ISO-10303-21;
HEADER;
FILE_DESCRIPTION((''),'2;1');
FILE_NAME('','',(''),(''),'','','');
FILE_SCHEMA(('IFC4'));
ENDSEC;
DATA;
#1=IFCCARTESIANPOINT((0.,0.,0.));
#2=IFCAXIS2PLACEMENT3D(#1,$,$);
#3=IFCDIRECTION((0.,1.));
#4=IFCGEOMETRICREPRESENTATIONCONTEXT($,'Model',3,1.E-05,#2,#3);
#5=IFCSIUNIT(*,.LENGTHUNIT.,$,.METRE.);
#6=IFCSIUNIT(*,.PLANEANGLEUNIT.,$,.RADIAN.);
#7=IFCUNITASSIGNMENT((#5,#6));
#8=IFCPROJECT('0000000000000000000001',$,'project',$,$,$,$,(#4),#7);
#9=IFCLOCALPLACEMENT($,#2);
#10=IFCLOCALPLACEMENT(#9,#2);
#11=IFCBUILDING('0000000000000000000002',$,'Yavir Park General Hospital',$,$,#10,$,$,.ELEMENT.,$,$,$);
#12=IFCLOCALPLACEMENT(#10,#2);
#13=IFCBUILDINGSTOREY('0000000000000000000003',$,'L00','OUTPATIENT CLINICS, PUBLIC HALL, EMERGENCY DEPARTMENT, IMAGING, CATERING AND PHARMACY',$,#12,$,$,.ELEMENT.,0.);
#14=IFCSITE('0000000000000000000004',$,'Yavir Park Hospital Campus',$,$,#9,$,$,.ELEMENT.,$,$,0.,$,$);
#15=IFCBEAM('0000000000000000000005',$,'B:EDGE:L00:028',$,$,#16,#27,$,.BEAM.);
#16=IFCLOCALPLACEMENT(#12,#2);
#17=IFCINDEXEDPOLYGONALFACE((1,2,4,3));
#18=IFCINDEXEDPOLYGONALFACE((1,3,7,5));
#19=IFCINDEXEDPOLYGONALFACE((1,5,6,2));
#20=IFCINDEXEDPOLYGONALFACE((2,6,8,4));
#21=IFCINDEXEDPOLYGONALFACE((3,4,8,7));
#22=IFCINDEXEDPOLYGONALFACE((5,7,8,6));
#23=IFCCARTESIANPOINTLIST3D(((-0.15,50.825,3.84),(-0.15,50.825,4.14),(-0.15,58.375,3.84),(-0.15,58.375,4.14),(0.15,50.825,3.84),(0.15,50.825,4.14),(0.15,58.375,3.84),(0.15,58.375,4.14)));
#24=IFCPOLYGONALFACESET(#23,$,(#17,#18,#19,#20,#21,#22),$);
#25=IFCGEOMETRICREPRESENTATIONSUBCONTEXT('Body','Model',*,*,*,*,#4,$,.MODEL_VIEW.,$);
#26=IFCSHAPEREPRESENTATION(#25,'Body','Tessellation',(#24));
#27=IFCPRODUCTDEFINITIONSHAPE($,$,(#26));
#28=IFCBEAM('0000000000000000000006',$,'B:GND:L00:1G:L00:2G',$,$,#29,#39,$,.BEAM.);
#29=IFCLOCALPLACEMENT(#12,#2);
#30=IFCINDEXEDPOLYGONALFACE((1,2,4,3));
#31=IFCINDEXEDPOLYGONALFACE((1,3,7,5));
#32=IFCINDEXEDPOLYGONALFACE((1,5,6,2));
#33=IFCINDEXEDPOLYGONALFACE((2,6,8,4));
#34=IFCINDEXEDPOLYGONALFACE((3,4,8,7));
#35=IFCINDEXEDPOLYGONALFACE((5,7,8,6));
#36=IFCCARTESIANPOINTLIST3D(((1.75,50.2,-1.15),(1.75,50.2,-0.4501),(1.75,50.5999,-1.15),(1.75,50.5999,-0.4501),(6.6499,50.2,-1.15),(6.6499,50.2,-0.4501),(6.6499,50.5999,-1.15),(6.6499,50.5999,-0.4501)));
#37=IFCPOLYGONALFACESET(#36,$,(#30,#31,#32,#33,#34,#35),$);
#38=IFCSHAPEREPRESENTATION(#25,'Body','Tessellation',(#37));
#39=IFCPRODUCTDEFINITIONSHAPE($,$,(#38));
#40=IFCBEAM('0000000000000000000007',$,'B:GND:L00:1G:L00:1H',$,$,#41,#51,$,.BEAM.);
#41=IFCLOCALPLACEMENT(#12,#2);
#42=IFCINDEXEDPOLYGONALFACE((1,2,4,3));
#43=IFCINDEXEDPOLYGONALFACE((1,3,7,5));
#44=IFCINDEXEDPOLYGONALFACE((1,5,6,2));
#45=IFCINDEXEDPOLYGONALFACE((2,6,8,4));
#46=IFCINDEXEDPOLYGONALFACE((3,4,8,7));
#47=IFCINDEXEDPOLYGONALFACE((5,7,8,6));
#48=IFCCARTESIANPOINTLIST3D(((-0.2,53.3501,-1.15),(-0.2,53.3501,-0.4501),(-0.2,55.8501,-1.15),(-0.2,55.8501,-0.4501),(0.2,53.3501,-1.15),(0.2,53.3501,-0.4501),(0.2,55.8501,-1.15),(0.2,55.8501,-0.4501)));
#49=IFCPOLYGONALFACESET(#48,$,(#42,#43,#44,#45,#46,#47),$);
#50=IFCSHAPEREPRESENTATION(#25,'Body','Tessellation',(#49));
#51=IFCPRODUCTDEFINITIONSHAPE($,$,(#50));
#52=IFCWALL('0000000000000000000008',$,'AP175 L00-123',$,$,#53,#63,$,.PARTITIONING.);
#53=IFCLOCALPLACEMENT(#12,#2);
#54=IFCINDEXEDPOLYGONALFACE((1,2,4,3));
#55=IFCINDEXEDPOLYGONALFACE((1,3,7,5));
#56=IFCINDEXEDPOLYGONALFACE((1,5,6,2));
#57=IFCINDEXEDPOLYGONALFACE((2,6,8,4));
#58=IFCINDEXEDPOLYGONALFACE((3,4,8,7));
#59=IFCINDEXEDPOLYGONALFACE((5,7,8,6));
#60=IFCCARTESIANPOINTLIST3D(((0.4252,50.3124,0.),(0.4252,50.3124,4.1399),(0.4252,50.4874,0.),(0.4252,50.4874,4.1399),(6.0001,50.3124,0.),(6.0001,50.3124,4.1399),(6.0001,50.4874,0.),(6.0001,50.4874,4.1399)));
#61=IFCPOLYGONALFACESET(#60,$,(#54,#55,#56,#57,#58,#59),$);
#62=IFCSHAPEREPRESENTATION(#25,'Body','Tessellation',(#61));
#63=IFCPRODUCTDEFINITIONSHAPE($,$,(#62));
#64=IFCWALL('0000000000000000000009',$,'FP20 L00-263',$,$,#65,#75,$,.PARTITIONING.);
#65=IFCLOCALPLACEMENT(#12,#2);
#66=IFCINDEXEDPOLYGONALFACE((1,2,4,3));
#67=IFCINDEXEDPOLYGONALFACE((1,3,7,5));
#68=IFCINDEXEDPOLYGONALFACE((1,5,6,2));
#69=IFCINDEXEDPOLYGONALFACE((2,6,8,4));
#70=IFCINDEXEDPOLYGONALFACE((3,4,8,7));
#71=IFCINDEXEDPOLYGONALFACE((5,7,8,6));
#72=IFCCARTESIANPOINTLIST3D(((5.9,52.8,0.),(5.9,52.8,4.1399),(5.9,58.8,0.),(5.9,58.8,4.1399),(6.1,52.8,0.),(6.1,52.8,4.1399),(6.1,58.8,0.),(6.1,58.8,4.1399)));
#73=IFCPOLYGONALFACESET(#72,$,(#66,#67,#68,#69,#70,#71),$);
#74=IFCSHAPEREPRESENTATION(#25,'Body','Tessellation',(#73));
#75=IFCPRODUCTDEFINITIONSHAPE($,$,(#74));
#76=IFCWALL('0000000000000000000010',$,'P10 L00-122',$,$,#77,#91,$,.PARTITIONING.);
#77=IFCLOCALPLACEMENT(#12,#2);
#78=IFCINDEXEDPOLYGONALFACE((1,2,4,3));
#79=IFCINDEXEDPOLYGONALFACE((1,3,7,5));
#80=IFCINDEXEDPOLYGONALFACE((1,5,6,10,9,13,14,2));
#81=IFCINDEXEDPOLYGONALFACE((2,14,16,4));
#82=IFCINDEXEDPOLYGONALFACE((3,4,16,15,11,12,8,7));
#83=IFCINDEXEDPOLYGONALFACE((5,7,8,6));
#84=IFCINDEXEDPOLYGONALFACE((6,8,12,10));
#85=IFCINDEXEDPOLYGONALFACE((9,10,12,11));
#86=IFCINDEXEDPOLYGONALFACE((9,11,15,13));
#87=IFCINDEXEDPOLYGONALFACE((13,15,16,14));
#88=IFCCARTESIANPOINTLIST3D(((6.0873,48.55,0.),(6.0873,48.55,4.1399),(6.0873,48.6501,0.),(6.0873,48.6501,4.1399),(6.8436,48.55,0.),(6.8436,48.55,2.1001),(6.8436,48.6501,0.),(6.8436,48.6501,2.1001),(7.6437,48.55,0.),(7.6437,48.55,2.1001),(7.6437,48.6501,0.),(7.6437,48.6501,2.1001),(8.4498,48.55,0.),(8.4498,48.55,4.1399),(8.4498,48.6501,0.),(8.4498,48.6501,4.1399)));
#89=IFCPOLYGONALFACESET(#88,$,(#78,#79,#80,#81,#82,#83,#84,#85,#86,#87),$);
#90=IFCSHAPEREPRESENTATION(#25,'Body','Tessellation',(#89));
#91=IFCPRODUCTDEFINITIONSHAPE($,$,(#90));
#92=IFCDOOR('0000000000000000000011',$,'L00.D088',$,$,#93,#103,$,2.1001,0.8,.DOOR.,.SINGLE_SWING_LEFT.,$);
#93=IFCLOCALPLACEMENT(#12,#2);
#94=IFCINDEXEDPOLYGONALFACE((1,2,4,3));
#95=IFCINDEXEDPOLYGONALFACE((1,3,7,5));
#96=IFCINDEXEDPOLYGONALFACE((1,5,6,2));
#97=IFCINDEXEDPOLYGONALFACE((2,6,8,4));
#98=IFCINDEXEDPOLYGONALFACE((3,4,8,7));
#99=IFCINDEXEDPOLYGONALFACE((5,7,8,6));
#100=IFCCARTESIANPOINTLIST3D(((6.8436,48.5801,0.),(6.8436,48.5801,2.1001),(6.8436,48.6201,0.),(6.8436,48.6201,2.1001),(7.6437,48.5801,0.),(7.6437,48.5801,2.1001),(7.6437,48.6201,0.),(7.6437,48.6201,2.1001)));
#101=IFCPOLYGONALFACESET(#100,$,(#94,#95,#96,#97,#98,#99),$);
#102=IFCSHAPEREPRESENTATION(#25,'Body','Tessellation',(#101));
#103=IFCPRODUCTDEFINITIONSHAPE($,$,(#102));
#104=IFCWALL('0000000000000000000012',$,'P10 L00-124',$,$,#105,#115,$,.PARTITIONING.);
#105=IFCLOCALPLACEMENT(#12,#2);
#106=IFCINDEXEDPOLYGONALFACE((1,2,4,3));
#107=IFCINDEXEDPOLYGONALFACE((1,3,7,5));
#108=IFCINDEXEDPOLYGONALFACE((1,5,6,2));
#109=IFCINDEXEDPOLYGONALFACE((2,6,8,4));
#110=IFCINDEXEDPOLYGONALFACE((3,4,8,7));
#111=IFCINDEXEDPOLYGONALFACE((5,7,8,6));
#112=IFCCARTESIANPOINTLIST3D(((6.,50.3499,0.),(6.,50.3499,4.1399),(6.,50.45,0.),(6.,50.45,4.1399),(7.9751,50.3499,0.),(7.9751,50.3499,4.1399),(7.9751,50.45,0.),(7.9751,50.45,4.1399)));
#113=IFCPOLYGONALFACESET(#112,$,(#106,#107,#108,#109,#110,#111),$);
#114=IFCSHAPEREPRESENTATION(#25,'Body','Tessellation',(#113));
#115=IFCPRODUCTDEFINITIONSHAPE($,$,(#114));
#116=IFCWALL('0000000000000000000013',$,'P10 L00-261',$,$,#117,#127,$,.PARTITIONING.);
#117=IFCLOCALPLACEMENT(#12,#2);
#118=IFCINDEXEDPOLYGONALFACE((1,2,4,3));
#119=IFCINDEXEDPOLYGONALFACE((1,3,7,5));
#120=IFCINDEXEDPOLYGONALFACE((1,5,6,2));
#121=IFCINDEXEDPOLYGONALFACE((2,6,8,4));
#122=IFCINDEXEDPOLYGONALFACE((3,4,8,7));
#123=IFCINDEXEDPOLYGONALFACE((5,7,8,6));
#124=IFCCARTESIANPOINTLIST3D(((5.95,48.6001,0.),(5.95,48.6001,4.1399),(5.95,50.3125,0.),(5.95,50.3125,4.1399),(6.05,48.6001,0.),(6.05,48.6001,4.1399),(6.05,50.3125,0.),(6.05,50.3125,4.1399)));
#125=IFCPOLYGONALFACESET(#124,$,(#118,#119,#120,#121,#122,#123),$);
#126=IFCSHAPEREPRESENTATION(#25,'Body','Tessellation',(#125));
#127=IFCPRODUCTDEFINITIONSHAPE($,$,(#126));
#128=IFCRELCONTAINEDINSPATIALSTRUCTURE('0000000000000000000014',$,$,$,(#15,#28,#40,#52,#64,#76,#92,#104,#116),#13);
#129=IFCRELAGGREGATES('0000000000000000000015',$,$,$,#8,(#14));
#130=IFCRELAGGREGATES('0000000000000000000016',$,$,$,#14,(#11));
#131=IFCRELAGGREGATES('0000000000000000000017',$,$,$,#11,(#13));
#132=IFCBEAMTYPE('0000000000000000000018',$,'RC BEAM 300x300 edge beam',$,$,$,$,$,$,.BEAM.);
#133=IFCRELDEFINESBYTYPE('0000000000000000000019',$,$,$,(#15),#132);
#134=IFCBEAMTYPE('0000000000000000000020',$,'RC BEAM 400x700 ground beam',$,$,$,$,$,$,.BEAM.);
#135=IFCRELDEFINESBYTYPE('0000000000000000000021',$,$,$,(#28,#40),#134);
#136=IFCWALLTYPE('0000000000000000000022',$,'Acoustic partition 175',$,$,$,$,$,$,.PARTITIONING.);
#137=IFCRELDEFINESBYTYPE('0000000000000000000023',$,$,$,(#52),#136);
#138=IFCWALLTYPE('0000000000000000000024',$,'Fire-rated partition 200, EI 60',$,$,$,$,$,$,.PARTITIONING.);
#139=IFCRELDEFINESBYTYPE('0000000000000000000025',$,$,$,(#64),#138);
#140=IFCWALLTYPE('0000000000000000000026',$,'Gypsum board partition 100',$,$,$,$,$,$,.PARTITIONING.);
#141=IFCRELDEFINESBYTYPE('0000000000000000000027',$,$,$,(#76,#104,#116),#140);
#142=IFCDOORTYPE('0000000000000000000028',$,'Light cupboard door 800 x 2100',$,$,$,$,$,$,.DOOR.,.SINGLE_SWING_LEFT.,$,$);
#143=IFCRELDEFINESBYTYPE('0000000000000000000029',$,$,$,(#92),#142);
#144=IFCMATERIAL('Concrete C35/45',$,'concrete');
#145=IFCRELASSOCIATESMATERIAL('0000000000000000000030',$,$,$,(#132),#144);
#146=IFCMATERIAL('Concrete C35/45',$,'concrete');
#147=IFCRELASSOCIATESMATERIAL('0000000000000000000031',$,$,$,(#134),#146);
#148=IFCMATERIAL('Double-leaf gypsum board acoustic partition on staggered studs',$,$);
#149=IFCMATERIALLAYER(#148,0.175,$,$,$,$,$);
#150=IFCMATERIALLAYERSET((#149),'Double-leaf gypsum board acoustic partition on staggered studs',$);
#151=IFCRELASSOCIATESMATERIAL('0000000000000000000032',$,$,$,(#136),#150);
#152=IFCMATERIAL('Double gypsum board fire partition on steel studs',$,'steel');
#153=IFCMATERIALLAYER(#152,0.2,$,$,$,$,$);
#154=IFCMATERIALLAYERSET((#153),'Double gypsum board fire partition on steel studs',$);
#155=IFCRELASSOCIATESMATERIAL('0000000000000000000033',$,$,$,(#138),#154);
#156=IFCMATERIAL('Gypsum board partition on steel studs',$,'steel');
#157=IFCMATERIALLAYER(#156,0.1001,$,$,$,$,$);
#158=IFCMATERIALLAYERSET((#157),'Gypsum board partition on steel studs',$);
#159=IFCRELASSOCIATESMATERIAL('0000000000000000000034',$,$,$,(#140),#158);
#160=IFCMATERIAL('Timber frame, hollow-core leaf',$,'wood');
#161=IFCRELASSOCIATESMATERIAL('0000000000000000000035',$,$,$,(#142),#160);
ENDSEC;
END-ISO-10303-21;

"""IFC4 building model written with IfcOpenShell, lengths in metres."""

from ifc_helpers import new_model, si_unit, direction, frame, frame_2d, origin, origin_2d, place, context, subcontext, project, spatial, rectangle, extrude, material, layer, layer_set, material_profile, profile_set, type_object, element, fill, save


model = new_model("IFC4")

# Units and contexts
model_context = context("Model", 3, precision=1e-05, world=origin(), true_north=direction((0.0, 1.0)))
body_context = subcontext(model_context, "Body", "Model", "MODEL_VIEW")
ifc_project = project(units=[si_unit("LENGTHUNIT", "METRE"), si_unit("PLANEANGLEUNIT", "RADIAN")], contexts=[model_context])

# Site, building, storey
site_placement = place(None, origin())
site = spatial("IfcSite", under=ifc_project, at=site_placement, Name="Yavir Park Hospital Campus", CompositionType="ELEMENT", RefElevation=0.0)
building_placement = place(site_placement, origin())
building = spatial("IfcBuilding", under=site, at=building_placement, Name="Yavir Park General Hospital", CompositionType="ELEMENT")
storey_placement = place(building_placement, origin())
storey = spatial("IfcBuildingStorey", under=building, at=storey_placement, Name="L00", Description="OUTPATIENT CLINICS, PUBLIC HALL, EMERGENCY DEPARTMENT, IMAGING, CATERING AND PHARMACY", CompositionType="ELEMENT", Elevation=0.0)

# Beams
ifc_material_1 = material(Name="Concrete C35/45", Category="concrete")
ifc_material_profile_1 = material_profile(ifc_material_1, rectangle(XDim=0.3, YDim=0.3, at=origin_2d()), Name="RC300x300")
ifc_profile_set_1 = profile_set([ifc_material_profile_1], Name="Concrete C35/45")
beam_type_1 = type_object("IfcBeamType", Name="RC BEAM 300x300 edge beam", PredefinedType="BEAM", material=ifc_profile_set_1)
beam_1_placement = place(storey_placement, frame((0.0, 50.825, 3.99), z_axis=(0.0, 1.0, 0.0), x_axis=(-1.0, 0.0, 0.0)))
element("IfcBeam", 1, at=beam_1_placement, inside=storey, type_object=beam_type_1, Name="B:EDGE:L00:028", PredefinedType="BEAM", context=body_context, shape_type="SweptSolid", body=[
    extrude(rectangle(XDim=0.3, YDim=0.3, at=origin_2d()), origin(), (0.0, 0.0, 1.0), 7.55),
])
ifc_material_2 = material(Name="Concrete C35/45", Category="concrete")
ifc_material_profile_2 = material_profile(ifc_material_2, rectangle(XDim=0.3999, YDim=0.7, at=origin_2d()), Name="RC400x700")
ifc_profile_set_2 = profile_set([ifc_material_profile_2], Name="Concrete C35/45")
beam_type_2 = type_object("IfcBeamType", Name="RC BEAM 400x700 ground beam", PredefinedType="BEAM", material=ifc_profile_set_2)
beam_2_placement = place(storey_placement, frame((1.75, 50.3999, -0.8), z_axis=(1.0, 0.0, 0.0), x_axis=(0.0, 1.0, 0.0)))
element("IfcBeam", 2, at=beam_2_placement, inside=storey, type_object=beam_type_2, Name="B:GND:L00:1G:L00:2G", PredefinedType="BEAM", context=body_context, shape_type="SweptSolid", body=[
    extrude(rectangle(XDim=0.3999, YDim=0.7, at=origin_2d()), origin(), (0.0, 0.0, 1.0), 4.8999),
])
beam_3_placement = place(storey_placement, frame((0.0, 53.3501, -0.8), z_axis=(0.0, 1.0, 0.0), x_axis=(-1.0, 0.0, 0.0)))
element("IfcBeam", 3, at=beam_3_placement, inside=storey, type_object=beam_type_2, Name="B:GND:L00:1G:L00:1H", PredefinedType="BEAM", context=body_context, shape_type="SweptSolid", body=[
    extrude(rectangle(XDim=0.3999, YDim=0.7, at=origin_2d()), origin(), (0.0, 0.0, 1.0), 2.5),
])

# Walls
ifc_material_3 = material(Name="Double-leaf gypsum board acoustic partition on staggered studs")
ifc_layer_1 = layer(ifc_material_3, 0.175)
ifc_layer_set_1 = layer_set([ifc_layer_1], Name="Double-leaf gypsum board acoustic partition on staggered studs")
wall_type_1 = type_object("IfcWallType", Name="Acoustic partition 175", PredefinedType="PARTITIONING", material=ifc_layer_set_1)
wall_1_placement = place(storey_placement, frame((0.425, 50.3999, 0.0), z_axis=(0.0, 0.0, 1.0), x_axis=(1.0, 0.0, 0.0)))
element("IfcWall", 4, at=wall_1_placement, inside=storey, type_object=wall_type_1, Name="AP175 L00-123", PredefinedType="PARTITIONING", context=body_context, shape_type="SweptSolid", body=[
    extrude(rectangle(XDim=5.575, YDim=0.175, at=frame_2d((2.7876, 0.0))), origin(), (0.0, 0.0, 1.0), 4.1399),
])
ifc_material_4 = material(Name="Double gypsum board fire partition on steel studs", Category="steel")
ifc_layer_2 = layer(ifc_material_4, 0.2)
ifc_layer_set_2 = layer_set([ifc_layer_2], Name="Double gypsum board fire partition on steel studs")
wall_type_2 = type_object("IfcWallType", Name="Fire-rated partition 200, EI 60", PredefinedType="PARTITIONING", material=ifc_layer_set_2)
wall_2_placement = place(storey_placement, frame((6.0, 52.8, 0.0), z_axis=(0.0, 0.0, 1.0), x_axis=(0.0, 1.0, 0.0)))
element("IfcWall", 5, at=wall_2_placement, inside=storey, type_object=wall_type_2, Name="FP20 L00-263", PredefinedType="PARTITIONING", context=body_context, shape_type="SweptSolid", body=[
    extrude(rectangle(XDim=6.0, YDim=0.2, at=frame_2d((3.0, 0.0))), origin(), (0.0, 0.0, 1.0), 4.1399),
])

# Wall, opening, door
ifc_material_5 = material(Name="Gypsum board partition on steel studs", Category="steel")
ifc_layer_3 = layer(ifc_material_5, 0.1001)
ifc_layer_set_3 = layer_set([ifc_layer_3], Name="Gypsum board partition on steel studs")
wall_type_3 = type_object("IfcWallType", Name="Gypsum board partition 100", PredefinedType="PARTITIONING", material=ifc_layer_set_3)
wall_3_placement = place(storey_placement, frame((6.0874, 48.6001, 0.0), z_axis=(0.0, 0.0, 1.0), x_axis=(1.0, 0.0, 0.0)))
wall_3 = element("IfcWall", 6, at=wall_3_placement, inside=storey, type_object=wall_type_3, Name="P10 L00-122", PredefinedType="PARTITIONING", context=body_context, shape_type="SweptSolid", body=[
    extrude(rectangle(XDim=2.3625, YDim=0.1001, at=frame_2d((1.1812, 0.0))), origin(), (0.0, 0.0, 1.0), 4.1399),
])
opening_1_placement = place(wall_3_placement, frame((0.7563, 0.0, 0.0)))
opening_1 = element("IfcOpeningElement", 7, at=opening_1_placement, cuts=wall_3, PredefinedType="OPENING", context=body_context, shape_type="SweptSolid", body=[
    extrude(rectangle(XDim=0.8, YDim=2.1001, at=frame_2d((0.3999, 1.05))), frame((0.0, 0.0601, 0.0), z_axis=(0.0, -1.0, 0.0), x_axis=(1.0, 0.0, 0.0)), (0.0, 0.0, 1.0), 0.1201),
])
ifc_material_6 = material(Name="Timber frame, hollow-core leaf", Category="wood")
door_type_1 = type_object("IfcDoorType", Name="Light cupboard door 800 x 2100", OperationType="SINGLE_SWING_LEFT", PredefinedType="DOOR", material=ifc_material_6)
door_1_placement = place(opening_1_placement, origin())
door_1 = element("IfcDoor", 8, at=door_1_placement, inside=storey, type_object=door_type_1, Name="L00.D088", OperationType="SINGLE_SWING_LEFT", OverallHeight=2.1001, OverallWidth=0.8, PredefinedType="DOOR", context=body_context, shape_type="SweptSolid", body=[
    extrude(rectangle(XDim=0.8, YDim=2.1001, at=frame_2d((0.3999, 1.05))), frame((0.0, 0.02, 0.0), z_axis=(0.0, -1.0, 0.0), x_axis=(1.0, 0.0, 0.0)), (0.0, 0.0, 1.0), 0.04),
])
fill(opening_1, door_1)

# Walls
wall_4_placement = place(storey_placement, frame((6.0, 50.3999, 0.0), z_axis=(0.0, 0.0, 1.0), x_axis=(1.0, 0.0, 0.0)))
element("IfcWall", 9, at=wall_4_placement, inside=storey, type_object=wall_type_3, Name="P10 L00-124", PredefinedType="PARTITIONING", context=body_context, shape_type="SweptSolid", body=[
    extrude(rectangle(XDim=1.9751, YDim=0.1001, at=frame_2d((0.9875, 0.0))), origin(), (0.0, 0.0, 1.0), 4.1399),
])
wall_5_placement = place(storey_placement, frame((6.0, 48.6001, 0.0), z_axis=(0.0, 0.0, 1.0), x_axis=(0.0, 1.0, 0.0)))
element("IfcWall", 10, at=wall_5_placement, inside=storey, type_object=wall_type_3, Name="P10 L00-261", PredefinedType="PARTITIONING", context=body_context, shape_type="SweptSolid", body=[
    extrude(rectangle(XDim=1.7124, YDim=0.1001, at=frame_2d((0.8562, 0.0))), origin(), (0.0, 0.0, 1.0), 4.1399),
])

save(model, "model.ifc")
